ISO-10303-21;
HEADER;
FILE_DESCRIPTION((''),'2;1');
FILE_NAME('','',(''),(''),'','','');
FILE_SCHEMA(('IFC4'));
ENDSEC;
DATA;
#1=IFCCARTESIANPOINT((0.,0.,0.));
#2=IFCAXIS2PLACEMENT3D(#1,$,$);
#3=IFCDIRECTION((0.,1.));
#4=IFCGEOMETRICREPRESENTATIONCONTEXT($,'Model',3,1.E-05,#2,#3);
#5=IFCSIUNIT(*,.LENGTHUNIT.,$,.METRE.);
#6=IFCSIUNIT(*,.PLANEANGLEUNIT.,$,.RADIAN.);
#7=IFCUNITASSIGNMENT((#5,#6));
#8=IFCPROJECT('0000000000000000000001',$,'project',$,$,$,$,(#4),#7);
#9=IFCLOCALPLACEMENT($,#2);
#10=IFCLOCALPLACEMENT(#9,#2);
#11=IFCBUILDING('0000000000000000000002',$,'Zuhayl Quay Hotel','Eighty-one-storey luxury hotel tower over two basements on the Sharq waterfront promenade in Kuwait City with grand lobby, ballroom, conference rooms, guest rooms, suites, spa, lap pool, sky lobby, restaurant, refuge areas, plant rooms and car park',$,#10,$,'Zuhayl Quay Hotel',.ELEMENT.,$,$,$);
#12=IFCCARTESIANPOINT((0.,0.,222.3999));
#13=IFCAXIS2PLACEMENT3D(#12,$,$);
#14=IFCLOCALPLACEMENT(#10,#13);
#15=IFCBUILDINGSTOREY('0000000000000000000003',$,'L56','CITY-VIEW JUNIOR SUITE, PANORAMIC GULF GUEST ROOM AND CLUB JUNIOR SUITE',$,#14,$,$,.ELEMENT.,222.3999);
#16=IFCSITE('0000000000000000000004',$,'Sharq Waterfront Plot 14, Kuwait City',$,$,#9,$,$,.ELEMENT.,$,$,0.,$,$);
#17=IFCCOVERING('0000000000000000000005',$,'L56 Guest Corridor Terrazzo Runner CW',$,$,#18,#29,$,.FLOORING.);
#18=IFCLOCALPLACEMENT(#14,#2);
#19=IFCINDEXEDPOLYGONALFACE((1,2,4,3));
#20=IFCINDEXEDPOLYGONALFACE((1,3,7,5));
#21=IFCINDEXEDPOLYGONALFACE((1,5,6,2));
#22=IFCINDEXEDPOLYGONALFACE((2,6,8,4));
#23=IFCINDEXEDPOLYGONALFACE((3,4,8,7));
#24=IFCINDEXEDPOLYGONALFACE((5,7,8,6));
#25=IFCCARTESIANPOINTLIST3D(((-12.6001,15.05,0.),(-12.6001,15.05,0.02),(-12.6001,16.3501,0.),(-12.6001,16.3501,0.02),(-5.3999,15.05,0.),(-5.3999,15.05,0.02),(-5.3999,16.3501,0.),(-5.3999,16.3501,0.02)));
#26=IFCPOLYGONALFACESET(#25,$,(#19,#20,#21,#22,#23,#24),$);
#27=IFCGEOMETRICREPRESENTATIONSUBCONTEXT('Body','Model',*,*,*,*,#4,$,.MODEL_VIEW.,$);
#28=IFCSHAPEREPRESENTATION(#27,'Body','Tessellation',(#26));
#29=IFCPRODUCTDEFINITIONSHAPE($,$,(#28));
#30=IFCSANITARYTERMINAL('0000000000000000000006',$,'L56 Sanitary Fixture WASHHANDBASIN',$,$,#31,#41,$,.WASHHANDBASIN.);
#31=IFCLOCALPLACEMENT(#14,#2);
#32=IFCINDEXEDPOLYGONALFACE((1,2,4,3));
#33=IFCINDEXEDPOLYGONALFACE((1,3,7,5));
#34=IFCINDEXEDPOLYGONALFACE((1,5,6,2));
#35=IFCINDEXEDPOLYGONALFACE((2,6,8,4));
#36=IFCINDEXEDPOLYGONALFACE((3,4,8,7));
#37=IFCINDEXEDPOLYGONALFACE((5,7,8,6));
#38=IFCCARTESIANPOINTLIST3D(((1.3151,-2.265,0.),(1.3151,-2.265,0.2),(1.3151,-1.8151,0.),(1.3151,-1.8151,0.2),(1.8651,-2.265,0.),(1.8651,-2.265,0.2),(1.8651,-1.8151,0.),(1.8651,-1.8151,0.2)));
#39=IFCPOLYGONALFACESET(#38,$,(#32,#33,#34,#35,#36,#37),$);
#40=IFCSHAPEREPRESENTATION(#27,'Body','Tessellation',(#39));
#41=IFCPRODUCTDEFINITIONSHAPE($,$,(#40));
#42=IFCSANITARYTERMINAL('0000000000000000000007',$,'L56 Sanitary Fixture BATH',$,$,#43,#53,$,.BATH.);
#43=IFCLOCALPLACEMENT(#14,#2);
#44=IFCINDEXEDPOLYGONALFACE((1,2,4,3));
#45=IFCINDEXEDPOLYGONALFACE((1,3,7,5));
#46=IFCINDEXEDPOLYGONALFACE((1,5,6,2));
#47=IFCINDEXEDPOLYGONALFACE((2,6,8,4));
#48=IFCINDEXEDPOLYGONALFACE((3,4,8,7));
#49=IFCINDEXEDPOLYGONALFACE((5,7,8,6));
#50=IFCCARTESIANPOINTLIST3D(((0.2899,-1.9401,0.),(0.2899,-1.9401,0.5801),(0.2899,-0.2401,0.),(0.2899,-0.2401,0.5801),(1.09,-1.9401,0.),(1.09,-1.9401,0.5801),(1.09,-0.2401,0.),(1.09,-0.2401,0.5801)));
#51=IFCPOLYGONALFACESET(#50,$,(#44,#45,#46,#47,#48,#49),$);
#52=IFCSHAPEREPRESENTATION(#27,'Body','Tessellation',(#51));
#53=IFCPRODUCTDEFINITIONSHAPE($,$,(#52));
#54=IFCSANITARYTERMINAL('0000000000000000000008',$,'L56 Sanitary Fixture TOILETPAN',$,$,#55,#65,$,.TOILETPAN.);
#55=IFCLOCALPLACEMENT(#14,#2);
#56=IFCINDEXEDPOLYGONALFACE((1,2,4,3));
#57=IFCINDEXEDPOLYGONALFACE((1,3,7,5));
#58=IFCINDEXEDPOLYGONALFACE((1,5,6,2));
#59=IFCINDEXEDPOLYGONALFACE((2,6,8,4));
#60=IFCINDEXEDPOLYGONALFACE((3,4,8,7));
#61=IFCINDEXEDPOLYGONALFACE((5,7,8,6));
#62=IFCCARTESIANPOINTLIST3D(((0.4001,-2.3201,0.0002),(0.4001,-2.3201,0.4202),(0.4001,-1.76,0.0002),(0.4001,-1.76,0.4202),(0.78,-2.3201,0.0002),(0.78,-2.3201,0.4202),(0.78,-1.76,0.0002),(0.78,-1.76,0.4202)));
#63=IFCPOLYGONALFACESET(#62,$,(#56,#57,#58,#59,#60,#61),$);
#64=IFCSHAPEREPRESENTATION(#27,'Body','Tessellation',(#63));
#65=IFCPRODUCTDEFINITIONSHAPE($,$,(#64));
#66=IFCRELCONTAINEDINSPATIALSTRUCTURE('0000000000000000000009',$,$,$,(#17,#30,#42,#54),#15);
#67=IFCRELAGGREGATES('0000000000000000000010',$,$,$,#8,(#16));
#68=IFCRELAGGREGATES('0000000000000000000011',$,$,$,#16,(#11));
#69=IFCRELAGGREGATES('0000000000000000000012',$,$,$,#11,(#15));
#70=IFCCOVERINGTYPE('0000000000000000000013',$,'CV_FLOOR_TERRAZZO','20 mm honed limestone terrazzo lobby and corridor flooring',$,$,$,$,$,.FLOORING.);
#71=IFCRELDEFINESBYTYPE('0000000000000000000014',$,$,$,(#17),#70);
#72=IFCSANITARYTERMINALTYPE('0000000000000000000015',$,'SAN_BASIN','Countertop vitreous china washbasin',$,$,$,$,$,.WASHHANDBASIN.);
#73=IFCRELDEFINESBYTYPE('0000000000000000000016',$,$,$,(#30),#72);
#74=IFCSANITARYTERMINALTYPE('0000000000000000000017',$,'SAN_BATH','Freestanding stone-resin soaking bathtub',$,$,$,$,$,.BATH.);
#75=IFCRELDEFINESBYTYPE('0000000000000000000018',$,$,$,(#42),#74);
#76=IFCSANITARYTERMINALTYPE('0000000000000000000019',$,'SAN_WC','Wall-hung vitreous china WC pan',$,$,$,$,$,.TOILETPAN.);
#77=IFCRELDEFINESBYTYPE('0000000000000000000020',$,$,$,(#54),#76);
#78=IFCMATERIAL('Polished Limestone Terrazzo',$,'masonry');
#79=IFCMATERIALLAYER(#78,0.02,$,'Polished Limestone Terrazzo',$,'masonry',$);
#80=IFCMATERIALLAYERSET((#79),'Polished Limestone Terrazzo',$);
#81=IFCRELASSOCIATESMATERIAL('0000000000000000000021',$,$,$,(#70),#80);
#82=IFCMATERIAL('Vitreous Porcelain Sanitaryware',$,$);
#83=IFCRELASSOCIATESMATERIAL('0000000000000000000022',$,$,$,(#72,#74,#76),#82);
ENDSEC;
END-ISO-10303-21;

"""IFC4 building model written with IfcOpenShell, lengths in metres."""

from ifc_helpers import new_model, si_unit, direction, frame, origin, origin_2d, place, context, subcontext, project, spatial, polyline, rectangle, outline, extrude, material, layer, layer_set, type_object, element, save


model = new_model("IFC4")

# Units and contexts
model_context = context("Model", 3, precision=1e-05, world=origin(), true_north=direction((0.0, 1.0)))
body_context = subcontext(model_context, "Body", "Model", "MODEL_VIEW")
ifc_project = project(units=[si_unit("LENGTHUNIT", "METRE"), si_unit("PLANEANGLEUNIT", "RADIAN")], contexts=[model_context])

# Site, building, storey
site_placement = place(None, origin())
site = spatial("IfcSite", under=ifc_project, at=site_placement, Name="Sharq Waterfront Plot 14, Kuwait City", CompositionType="ELEMENT", RefElevation=0.0)
building_placement = place(site_placement, origin())
building = spatial("IfcBuilding", under=site, at=building_placement, Name="Zuhayl Quay Hotel", Description="Eighty-one-storey luxury hotel tower over two basements on the Sharq waterfront promenade in Kuwait City with grand lobby, ballroom, conference rooms, guest rooms, suites, spa, lap pool, sky lobby, restaurant, refuge areas, plant rooms and car park", LongName="Zuhayl Quay Hotel", CompositionType="ELEMENT")
storey_placement = place(building_placement, frame((0.0, 0.0, 222.3999)))
storey = spatial("IfcBuildingStorey", under=building, at=storey_placement, Name="L56", Description="CITY-VIEW JUNIOR SUITE, PANORAMIC GULF GUEST ROOM AND CLUB JUNIOR SUITE", CompositionType="ELEMENT", Elevation=222.3999)

# Covering
ifc_material_1 = material(Name="Polished Limestone Terrazzo", Category="masonry")
ifc_layer_1 = layer(ifc_material_1, 0.02, Name="Polished Limestone Terrazzo", Category="masonry")
ifc_layer_set_1 = layer_set([ifc_layer_1], Name="Polished Limestone Terrazzo")
covering_type_1 = type_object("IfcCoveringType", Name="CV_FLOOR_TERRAZZO", Description="20 mm honed limestone terrazzo lobby and corridor flooring", PredefinedType="FLOORING", material=ifc_layer_set_1)
covering_1_placement = place(storey_placement, origin())
element("IfcCovering", 1, at=covering_1_placement, inside=storey, type_object=covering_type_1, Name="L56 Guest Corridor Terrazzo Runner CW", PredefinedType="FLOORING", context=body_context, shape_type="SweptSolid", body=[
    extrude(outline(polyline([(-12.6001, 15.05), (-5.3999, 15.05), (-5.3999, 16.3501), (-12.6001, 16.3501), (-12.6001, 15.05)])), origin(), (0.0, 0.0, 1.0), 0.02),
])

# Sanitary terminals
ifc_material_2 = material(Name="Vitreous Porcelain Sanitaryware")
sanitary_terminal_type_1 = type_object("IfcSanitaryTerminalType", Name="SAN_BASIN", Description="Countertop vitreous china washbasin", PredefinedType="WASHHANDBASIN", material=ifc_material_2)
sanitary_terminal_1_placement = place(storey_placement, frame((1.5901, -2.04, 0.0), z_axis=(0.0, 0.0, 1.0), x_axis=(1.0, 0.0, 0.0)))
element("IfcSanitaryTerminal", 2, at=sanitary_terminal_1_placement, inside=storey, type_object=sanitary_terminal_type_1, Name="L56 Sanitary Fixture WASHHANDBASIN", PredefinedType="WASHHANDBASIN", context=body_context, shape_type="SweptSolid", body=[
    extrude(rectangle(XDim=0.55, YDim=0.45, at=origin_2d()), origin(), (0.0, 0.0, 1.0), 0.2),
])
sanitary_terminal_type_2 = type_object("IfcSanitaryTerminalType", Name="SAN_BATH", Description="Freestanding stone-resin soaking bathtub", PredefinedType="BATH", material=ifc_material_2)
sanitary_terminal_2_placement = place(storey_placement, frame((0.6899, -1.0901, 0.0), z_axis=(0.0, 0.0, 1.0), x_axis=(1.0, 0.0, 0.0)))
element("IfcSanitaryTerminal", 3, at=sanitary_terminal_2_placement, inside=storey, type_object=sanitary_terminal_type_2, Name="L56 Sanitary Fixture BATH", PredefinedType="BATH", context=body_context, shape_type="SweptSolid", body=[
    extrude(rectangle(XDim=0.8, YDim=1.7, at=origin_2d()), origin(), (0.0, 0.0, 1.0), 0.5801),
])
sanitary_terminal_type_3 = type_object("IfcSanitaryTerminalType", Name="SAN_WC", Description="Wall-hung vitreous china WC pan", PredefinedType="TOILETPAN", material=ifc_material_2)
sanitary_terminal_3_placement = place(storey_placement, frame((0.5901, -2.04, 0.0002), z_axis=(0.0, 0.0, 1.0), x_axis=(1.0, 0.0, 0.0)))
element("IfcSanitaryTerminal", 4, at=sanitary_terminal_3_placement, inside=storey, type_object=sanitary_terminal_type_3, Name="L56 Sanitary Fixture TOILETPAN", PredefinedType="TOILETPAN", context=body_context, shape_type="SweptSolid", body=[
    extrude(rectangle(XDim=0.3799, YDim=0.5601, at=origin_2d()), origin(), (0.0, 0.0, 1.0), 0.4199),
])

save(model, "model.ifc")
